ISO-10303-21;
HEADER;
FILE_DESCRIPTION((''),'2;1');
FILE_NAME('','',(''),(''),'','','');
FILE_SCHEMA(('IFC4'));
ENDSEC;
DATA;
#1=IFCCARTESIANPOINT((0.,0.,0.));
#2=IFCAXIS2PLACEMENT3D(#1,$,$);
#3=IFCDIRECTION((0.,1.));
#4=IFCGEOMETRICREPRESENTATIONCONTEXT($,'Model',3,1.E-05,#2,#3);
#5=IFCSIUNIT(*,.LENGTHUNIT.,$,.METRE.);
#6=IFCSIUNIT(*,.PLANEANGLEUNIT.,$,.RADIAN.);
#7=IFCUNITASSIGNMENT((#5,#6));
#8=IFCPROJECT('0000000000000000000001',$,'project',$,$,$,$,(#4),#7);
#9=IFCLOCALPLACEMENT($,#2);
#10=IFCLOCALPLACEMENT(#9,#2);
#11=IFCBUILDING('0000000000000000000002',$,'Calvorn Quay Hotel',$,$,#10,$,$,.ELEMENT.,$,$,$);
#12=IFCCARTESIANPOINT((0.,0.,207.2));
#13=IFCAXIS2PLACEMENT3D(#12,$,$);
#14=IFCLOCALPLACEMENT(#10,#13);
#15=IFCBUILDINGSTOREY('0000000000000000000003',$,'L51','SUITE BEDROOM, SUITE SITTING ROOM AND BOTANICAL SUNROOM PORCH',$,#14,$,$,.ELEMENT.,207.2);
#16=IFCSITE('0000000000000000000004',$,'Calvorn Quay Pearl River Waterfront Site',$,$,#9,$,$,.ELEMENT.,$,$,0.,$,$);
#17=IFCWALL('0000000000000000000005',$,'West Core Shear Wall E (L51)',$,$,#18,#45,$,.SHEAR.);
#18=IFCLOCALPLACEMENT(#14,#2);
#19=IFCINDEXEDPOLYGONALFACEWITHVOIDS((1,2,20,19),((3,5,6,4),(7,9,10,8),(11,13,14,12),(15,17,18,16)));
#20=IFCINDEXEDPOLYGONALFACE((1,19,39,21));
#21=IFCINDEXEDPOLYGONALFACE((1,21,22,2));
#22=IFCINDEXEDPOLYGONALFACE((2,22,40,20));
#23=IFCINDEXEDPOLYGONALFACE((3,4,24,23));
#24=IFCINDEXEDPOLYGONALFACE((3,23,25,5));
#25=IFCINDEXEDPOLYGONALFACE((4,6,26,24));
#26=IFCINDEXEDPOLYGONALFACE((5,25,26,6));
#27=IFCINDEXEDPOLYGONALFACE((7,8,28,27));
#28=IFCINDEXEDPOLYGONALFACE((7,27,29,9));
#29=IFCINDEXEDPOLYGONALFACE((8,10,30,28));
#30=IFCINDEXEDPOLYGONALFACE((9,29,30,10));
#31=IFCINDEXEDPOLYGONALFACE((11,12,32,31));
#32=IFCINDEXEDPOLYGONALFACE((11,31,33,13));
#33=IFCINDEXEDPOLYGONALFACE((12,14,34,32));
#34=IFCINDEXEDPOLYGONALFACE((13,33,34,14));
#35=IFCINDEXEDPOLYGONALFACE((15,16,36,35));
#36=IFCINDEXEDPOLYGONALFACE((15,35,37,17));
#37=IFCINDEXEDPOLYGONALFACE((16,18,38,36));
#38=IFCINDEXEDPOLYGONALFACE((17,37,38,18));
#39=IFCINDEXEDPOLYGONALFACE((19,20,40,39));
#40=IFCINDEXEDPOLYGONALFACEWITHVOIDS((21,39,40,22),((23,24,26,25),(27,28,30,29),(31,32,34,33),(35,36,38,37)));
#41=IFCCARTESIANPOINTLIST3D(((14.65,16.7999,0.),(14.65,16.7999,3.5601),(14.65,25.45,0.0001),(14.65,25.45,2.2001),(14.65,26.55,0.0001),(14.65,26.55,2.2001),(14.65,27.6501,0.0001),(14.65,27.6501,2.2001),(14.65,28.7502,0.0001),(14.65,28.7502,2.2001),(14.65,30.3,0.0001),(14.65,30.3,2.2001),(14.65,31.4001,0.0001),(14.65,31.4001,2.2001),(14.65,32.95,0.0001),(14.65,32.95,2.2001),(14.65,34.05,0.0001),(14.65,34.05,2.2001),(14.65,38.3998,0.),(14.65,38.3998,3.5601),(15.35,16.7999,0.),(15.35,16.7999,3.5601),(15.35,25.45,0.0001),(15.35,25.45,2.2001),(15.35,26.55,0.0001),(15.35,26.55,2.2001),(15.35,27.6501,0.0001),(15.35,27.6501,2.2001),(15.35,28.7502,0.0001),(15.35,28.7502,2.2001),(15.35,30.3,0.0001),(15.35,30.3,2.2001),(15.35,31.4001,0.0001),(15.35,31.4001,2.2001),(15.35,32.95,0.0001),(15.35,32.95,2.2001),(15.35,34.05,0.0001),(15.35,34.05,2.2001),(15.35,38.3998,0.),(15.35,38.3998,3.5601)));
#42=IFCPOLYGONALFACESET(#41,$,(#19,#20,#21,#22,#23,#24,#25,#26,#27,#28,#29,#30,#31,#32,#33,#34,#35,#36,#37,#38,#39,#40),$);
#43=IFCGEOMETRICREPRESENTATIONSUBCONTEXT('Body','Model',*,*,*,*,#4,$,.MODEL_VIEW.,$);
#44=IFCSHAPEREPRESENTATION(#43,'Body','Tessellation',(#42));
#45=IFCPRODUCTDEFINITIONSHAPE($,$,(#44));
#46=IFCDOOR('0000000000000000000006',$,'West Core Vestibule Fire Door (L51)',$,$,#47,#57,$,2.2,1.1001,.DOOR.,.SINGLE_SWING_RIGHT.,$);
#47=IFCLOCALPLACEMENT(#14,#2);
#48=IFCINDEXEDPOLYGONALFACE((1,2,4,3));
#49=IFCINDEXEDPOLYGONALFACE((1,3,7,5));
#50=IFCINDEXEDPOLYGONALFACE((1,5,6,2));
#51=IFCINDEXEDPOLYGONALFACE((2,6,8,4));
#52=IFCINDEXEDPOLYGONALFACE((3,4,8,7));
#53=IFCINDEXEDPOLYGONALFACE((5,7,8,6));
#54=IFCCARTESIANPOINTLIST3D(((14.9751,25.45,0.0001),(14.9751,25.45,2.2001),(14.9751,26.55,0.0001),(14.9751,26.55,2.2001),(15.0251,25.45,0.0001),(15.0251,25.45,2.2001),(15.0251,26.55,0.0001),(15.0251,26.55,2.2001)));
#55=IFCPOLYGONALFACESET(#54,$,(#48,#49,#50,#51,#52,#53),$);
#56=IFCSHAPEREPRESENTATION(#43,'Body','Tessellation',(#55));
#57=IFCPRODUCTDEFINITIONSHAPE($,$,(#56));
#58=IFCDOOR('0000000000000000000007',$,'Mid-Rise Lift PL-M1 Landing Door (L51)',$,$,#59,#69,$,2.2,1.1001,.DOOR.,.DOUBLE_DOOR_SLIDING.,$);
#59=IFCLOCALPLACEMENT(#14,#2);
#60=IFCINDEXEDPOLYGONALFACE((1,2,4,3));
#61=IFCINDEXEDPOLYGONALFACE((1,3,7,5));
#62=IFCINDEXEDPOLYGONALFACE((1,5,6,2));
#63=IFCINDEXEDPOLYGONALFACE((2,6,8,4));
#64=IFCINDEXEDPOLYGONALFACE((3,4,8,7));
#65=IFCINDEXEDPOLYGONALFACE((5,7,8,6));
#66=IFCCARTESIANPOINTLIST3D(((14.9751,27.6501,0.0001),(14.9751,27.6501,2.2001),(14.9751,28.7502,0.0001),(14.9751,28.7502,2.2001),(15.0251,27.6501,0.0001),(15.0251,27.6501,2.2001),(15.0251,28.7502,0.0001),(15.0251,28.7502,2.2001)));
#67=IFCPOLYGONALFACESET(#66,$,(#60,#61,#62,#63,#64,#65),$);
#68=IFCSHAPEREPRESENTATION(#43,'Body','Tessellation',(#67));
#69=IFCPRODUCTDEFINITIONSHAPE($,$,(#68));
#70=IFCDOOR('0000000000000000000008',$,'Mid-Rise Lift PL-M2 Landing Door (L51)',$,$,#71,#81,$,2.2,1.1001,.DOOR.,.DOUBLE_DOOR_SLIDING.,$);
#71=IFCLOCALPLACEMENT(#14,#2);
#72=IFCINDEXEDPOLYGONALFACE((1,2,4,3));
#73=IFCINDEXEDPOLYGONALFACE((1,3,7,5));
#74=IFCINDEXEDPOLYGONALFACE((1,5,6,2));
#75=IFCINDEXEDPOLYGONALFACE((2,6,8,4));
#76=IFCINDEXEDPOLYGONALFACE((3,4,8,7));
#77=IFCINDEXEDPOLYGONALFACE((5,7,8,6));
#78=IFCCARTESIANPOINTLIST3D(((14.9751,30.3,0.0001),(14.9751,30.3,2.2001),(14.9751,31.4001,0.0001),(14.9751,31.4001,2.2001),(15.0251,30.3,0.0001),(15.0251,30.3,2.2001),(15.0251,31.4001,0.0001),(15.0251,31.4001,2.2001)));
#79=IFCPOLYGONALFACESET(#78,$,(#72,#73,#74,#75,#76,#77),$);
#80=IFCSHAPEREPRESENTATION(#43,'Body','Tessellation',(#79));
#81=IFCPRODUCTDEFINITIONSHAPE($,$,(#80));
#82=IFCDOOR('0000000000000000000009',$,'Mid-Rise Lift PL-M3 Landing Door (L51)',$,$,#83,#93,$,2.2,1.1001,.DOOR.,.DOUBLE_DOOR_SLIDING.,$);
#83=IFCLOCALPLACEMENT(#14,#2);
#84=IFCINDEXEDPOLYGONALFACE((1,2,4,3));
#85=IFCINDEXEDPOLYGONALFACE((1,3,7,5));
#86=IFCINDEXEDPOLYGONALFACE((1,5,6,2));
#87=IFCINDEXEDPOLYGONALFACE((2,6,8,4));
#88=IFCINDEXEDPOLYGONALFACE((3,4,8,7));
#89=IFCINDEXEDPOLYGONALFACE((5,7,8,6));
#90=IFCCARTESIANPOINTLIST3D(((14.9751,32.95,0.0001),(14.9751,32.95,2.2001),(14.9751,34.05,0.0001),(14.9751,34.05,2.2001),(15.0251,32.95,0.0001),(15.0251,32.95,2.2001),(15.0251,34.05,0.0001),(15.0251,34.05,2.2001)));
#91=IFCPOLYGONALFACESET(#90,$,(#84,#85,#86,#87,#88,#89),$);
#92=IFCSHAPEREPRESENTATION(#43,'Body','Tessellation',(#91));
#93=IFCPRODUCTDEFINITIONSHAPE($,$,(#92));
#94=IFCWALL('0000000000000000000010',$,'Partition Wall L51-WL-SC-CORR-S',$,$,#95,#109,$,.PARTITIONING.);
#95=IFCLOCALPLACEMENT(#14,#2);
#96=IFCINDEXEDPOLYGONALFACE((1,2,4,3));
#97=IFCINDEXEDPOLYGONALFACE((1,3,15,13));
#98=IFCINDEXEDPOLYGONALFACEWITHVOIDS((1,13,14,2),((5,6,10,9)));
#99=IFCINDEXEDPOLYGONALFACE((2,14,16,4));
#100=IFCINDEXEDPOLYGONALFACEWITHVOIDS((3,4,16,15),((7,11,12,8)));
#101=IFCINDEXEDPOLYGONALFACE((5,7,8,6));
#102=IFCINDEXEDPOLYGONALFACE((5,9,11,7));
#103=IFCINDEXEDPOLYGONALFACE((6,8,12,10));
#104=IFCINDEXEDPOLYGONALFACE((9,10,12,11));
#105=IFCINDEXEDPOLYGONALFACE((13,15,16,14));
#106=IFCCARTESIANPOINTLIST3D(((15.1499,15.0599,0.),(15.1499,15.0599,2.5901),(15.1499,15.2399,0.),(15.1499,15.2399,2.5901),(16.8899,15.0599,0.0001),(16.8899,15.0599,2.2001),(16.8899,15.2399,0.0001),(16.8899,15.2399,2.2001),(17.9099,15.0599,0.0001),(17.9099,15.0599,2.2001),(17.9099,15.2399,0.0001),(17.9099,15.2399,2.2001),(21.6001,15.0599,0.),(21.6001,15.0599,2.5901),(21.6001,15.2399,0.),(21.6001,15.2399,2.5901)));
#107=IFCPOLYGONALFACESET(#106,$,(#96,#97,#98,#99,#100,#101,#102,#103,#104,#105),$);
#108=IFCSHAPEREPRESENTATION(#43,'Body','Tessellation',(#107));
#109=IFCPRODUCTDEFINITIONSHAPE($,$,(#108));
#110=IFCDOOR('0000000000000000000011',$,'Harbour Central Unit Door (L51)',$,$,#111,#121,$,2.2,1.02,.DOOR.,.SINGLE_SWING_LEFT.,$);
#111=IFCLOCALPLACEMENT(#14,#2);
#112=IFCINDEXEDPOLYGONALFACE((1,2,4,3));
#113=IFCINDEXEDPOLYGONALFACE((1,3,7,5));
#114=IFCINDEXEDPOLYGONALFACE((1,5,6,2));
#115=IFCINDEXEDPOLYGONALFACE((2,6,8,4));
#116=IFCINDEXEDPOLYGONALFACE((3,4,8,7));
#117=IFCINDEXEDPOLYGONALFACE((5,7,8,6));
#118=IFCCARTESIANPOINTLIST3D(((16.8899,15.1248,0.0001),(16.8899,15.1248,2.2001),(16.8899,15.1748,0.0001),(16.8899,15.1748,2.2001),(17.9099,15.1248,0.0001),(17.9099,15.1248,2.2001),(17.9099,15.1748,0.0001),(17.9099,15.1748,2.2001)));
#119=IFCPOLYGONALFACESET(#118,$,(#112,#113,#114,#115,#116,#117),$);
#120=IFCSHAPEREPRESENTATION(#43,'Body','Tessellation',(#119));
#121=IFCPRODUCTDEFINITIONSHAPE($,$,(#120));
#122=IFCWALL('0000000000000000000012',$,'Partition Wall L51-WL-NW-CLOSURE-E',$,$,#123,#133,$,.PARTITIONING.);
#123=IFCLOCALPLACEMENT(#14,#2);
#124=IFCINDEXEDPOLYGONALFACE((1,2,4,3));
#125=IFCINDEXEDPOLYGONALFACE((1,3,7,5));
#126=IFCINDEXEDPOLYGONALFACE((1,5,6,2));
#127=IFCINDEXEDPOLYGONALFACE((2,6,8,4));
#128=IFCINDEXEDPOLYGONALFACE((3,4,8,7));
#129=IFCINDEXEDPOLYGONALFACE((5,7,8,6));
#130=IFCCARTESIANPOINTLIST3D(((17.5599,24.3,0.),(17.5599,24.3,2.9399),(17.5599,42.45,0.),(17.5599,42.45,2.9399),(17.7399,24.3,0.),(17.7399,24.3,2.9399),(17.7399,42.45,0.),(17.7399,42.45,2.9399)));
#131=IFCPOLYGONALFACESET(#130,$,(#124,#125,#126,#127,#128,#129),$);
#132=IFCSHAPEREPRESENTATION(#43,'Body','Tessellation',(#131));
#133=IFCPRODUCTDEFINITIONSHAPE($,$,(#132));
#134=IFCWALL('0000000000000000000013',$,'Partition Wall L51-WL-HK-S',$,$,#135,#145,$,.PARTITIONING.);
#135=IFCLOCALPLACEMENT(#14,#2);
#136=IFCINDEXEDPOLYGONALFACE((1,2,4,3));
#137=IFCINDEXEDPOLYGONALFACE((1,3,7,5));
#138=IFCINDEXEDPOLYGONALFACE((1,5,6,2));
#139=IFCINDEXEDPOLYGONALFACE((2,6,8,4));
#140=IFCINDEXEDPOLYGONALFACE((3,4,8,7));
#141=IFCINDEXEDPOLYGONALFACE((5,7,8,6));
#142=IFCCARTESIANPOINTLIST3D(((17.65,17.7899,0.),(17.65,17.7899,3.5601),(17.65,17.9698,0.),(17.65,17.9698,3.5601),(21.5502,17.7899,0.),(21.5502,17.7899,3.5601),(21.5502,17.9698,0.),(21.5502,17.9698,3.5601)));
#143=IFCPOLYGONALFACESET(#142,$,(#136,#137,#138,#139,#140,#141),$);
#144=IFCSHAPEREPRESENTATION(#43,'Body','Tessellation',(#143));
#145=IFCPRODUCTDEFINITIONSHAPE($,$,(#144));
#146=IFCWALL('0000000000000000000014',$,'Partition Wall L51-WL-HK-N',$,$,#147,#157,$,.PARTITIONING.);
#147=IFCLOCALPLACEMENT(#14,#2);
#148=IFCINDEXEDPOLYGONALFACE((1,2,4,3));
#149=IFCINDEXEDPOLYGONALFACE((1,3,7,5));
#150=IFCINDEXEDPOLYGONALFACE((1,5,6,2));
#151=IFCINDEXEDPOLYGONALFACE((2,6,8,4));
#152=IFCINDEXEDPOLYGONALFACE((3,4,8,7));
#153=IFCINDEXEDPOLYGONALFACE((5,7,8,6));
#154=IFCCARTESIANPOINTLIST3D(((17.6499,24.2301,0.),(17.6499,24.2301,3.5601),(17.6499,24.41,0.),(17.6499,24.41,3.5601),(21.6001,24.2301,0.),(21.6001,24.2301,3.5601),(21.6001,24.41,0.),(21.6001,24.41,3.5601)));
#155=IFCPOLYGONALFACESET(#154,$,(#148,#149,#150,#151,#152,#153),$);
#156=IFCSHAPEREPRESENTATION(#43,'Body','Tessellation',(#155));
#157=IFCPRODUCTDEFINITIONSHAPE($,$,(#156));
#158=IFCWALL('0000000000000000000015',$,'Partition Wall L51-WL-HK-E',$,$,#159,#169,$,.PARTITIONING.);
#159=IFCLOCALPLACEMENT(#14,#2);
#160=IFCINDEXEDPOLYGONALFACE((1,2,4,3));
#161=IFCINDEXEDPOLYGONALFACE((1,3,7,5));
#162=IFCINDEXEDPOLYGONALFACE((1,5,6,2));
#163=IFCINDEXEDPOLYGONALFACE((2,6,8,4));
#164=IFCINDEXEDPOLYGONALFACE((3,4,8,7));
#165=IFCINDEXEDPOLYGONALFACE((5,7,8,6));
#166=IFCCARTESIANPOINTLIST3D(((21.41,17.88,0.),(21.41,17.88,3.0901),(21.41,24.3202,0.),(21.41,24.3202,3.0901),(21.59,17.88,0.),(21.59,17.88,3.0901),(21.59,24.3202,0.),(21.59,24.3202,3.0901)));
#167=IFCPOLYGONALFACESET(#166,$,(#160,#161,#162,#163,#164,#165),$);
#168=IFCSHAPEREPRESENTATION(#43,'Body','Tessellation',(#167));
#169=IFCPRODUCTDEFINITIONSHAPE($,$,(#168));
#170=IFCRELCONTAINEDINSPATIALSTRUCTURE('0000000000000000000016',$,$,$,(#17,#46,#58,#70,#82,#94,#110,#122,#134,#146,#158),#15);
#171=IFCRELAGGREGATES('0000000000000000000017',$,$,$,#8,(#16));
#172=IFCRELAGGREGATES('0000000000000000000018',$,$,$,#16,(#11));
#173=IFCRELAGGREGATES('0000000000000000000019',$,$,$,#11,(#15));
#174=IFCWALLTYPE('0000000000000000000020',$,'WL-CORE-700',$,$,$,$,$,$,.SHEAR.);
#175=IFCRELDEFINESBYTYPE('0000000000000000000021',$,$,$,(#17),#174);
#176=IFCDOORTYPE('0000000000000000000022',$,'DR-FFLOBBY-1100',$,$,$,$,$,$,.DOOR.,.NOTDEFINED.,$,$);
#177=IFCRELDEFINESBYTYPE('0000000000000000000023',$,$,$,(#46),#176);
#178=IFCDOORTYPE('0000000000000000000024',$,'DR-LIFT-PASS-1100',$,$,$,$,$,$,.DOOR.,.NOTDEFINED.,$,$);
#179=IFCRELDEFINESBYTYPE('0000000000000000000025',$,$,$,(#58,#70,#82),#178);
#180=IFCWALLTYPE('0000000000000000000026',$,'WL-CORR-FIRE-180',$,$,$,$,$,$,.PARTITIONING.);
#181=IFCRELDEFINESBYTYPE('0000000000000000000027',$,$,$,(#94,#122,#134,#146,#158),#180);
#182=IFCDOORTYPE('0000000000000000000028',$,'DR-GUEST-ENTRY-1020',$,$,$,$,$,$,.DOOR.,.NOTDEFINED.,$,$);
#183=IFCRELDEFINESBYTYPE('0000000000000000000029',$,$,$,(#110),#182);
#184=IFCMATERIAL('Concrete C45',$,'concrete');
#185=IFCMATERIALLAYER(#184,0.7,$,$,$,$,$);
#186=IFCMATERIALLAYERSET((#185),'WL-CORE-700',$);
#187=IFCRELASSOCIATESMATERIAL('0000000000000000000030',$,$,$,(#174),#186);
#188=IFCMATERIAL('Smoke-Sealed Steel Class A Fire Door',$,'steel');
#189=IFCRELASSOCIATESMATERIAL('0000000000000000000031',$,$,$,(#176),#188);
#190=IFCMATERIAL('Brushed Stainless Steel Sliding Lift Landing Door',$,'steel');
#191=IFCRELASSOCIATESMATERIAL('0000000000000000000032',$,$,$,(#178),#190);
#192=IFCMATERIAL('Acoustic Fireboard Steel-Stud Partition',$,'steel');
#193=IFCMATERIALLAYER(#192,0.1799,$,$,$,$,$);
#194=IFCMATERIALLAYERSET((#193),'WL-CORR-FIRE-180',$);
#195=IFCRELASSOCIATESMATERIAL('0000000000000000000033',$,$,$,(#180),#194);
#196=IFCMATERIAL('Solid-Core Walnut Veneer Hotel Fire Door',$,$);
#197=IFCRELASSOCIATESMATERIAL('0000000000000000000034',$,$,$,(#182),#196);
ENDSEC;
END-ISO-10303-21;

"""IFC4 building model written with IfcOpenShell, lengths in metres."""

from ifc_helpers import new_model, si_unit, direction, frame, frame_2d, origin, place, context, subcontext, project, spatial, rectangle, extrude, material, layer, layer_set, type_object, element, fill, save


model = new_model("IFC4")

# Units and contexts
model_context = context("Model", 3, precision=1e-05, world=origin(), true_north=direction((0.0, 1.0)))
body_context = subcontext(model_context, "Body", "Model", "MODEL_VIEW")
ifc_project = project(units=[si_unit("LENGTHUNIT", "METRE"), si_unit("PLANEANGLEUNIT", "RADIAN")], contexts=[model_context])

# Site, building, storey
site_placement = place(None, origin())
site = spatial("IfcSite", under=ifc_project, at=site_placement, Name="Calvorn Quay Pearl River Waterfront Site", CompositionType="ELEMENT", RefElevation=0.0)
building_placement = place(site_placement, origin())
building = spatial("IfcBuilding", under=site, at=building_placement, Name="Calvorn Quay Hotel", CompositionType="ELEMENT")
storey_placement = place(building_placement, frame((0.0, 0.0, 207.2)))
storey = spatial("IfcBuildingStorey", under=building, at=storey_placement, Name="L51", Description="SUITE BEDROOM, SUITE SITTING ROOM AND BOTANICAL SUNROOM PORCH", CompositionType="ELEMENT", Elevation=207.2)

# Wall, openings, doors
ifc_material_1 = material(Name="Concrete C45", Category="concrete")
ifc_layer_1 = layer(ifc_material_1, 0.7)
ifc_layer_set_1 = layer_set([ifc_layer_1], Name="WL-CORE-700")
wall_type_1 = type_object("IfcWallType", Name="WL-CORE-700", PredefinedType="SHEAR", material=ifc_layer_set_1)
wall_1_placement = place(storey_placement, frame((15.0, 16.8, 0.0), z_axis=(0.0, 0.0, 1.0), x_axis=(0.0, 1.0, 0.0)))
wall_1 = element("IfcWall", 1, at=wall_1_placement, inside=storey, type_object=wall_type_1, Name="West Core Shear Wall E (L51)", PredefinedType="SHEAR", context=body_context, shape_type="SweptSolid", body=[
    extrude(rectangle(XDim=21.5999, YDim=0.7, at=frame_2d((10.7998, 0.0))), origin(), (0.0, 0.0, 1.0), 3.5601),
])
opening_1_placement = place(wall_1_placement, frame((8.6499, 0.0, 0.0)))
opening_1 = element("IfcOpeningElement", 2, at=opening_1_placement, cuts=wall_1, PredefinedType="OPENING", context=body_context, shape_type="SweptSolid", body=[
    extrude(rectangle(XDim=1.1001, YDim=2.2, at=frame_2d((0.55, 1.1001))), frame((0.0, 0.3599, 0.0), z_axis=(0.0, -1.0, 0.0), x_axis=(1.0, 0.0, 0.0)), (0.0, 0.0, 1.0), 0.72),
])
opening_2_placement = place(wall_1_placement, frame((10.8501, 0.0, 0.0)))
opening_2 = element("IfcOpeningElement", 3, at=opening_2_placement, cuts=wall_1, PredefinedType="OPENING", context=body_context, shape_type="SweptSolid", body=[
    extrude(rectangle(XDim=1.1001, YDim=2.2, at=frame_2d((0.55, 1.1001))), frame((0.0, 0.3599, 0.0), z_axis=(0.0, -1.0, 0.0), x_axis=(1.0, 0.0, 0.0)), (0.0, 0.0, 1.0), 0.72),
])
opening_3_placement = place(wall_1_placement, frame((13.5, 0.0, 0.0)))
opening_3 = element("IfcOpeningElement", 4, at=opening_3_placement, cuts=wall_1, PredefinedType="OPENING", context=body_context, shape_type="SweptSolid", body=[
    extrude(rectangle(XDim=1.1001, YDim=2.2, at=frame_2d((0.55, 1.1001))), frame((0.0, 0.3599, 0.0), z_axis=(0.0, -1.0, 0.0), x_axis=(1.0, 0.0, 0.0)), (0.0, 0.0, 1.0), 0.72),
])
opening_4_placement = place(wall_1_placement, frame((16.1499, 0.0, 0.0)))
opening_4 = element("IfcOpeningElement", 5, at=opening_4_placement, cuts=wall_1, PredefinedType="OPENING", context=body_context, shape_type="SweptSolid", body=[
    extrude(rectangle(XDim=1.1001, YDim=2.2, at=frame_2d((0.55, 1.1001))), frame((0.0, 0.3599, 0.0), z_axis=(0.0, -1.0, 0.0), x_axis=(1.0, 0.0, 0.0)), (0.0, 0.0, 1.0), 0.72),
])
ifc_material_2 = material(Name="Smoke-Sealed Steel Class A Fire Door", Category="steel")
door_type_1 = type_object("IfcDoorType", Name="DR-FFLOBBY-1100", OperationType="NOTDEFINED", PredefinedType="DOOR", material=ifc_material_2)
door_1_placement = place(opening_1_placement, origin())
door_1 = element("IfcDoor", 6, at=door_1_placement, inside=storey, type_object=door_type_1, Name="West Core Vestibule Fire Door (L51)", OperationType="SINGLE_SWING_RIGHT", OverallHeight=2.2, OverallWidth=1.1001, PredefinedType="DOOR", context=body_context, shape_type="SweptSolid", body=[
    extrude(rectangle(XDim=1.1001, YDim=2.2, at=frame_2d((0.55, 1.1001))), frame((0.0, 0.0249, 0.0), z_axis=(0.0, -1.0, 0.0), x_axis=(1.0, 0.0, 0.0)), (0.0, 0.0, 1.0), 0.05),
])
fill(opening_1, door_1)
ifc_material_3 = material(Name="Brushed Stainless Steel Sliding Lift Landing Door", Category="steel")
door_type_2 = type_object("IfcDoorType", Name="DR-LIFT-PASS-1100", OperationType="NOTDEFINED", PredefinedType="DOOR", material=ifc_material_3)
door_2_placement = place(opening_2_placement, origin())
door_2 = element("IfcDoor", 7, at=door_2_placement, inside=storey, type_object=door_type_2, Name="Mid-Rise Lift PL-M1 Landing Door (L51)", OperationType="DOUBLE_DOOR_SLIDING", OverallHeight=2.2, OverallWidth=1.1001, PredefinedType="DOOR", context=body_context, shape_type="SweptSolid", body=[
    extrude(rectangle(XDim=1.1001, YDim=2.2, at=frame_2d((0.55, 1.1001))), frame((0.0, 0.0249, 0.0), z_axis=(0.0, -1.0, 0.0), x_axis=(1.0, 0.0, 0.0)), (0.0, 0.0, 1.0), 0.05),
])
fill(opening_2, door_2)
door_3_placement = place(opening_3_placement, origin())
door_3 = element("IfcDoor", 8, at=door_3_placement, inside=storey, type_object=door_type_2, Name="Mid-Rise Lift PL-M2 Landing Door (L51)", OperationType="DOUBLE_DOOR_SLIDING", OverallHeight=2.2, OverallWidth=1.1001, PredefinedType="DOOR", context=body_context, shape_type="SweptSolid", body=[
    extrude(rectangle(XDim=1.1001, YDim=2.2, at=frame_2d((0.55, 1.1001))), frame((0.0, 0.0249, 0.0), z_axis=(0.0, -1.0, 0.0), x_axis=(1.0, 0.0, 0.0)), (0.0, 0.0, 1.0), 0.05),
])
fill(opening_3, door_3)
door_4_placement = place(opening_4_placement, origin())
door_4 = element("IfcDoor", 9, at=door_4_placement, inside=storey, type_object=door_type_2, Name="Mid-Rise Lift PL-M3 Landing Door (L51)", OperationType="DOUBLE_DOOR_SLIDING", OverallHeight=2.2, OverallWidth=1.1001, PredefinedType="DOOR", context=body_context, shape_type="SweptSolid", body=[
    extrude(rectangle(XDim=1.1001, YDim=2.2, at=frame_2d((0.55, 1.1001))), frame((0.0, 0.0249, 0.0), z_axis=(0.0, -1.0, 0.0), x_axis=(1.0, 0.0, 0.0)), (0.0, 0.0, 1.0), 0.05),
])
fill(opening_4, door_4)

# Wall, opening, door
ifc_material_4 = material(Name="Acoustic Fireboard Steel-Stud Partition", Category="steel")
ifc_layer_2 = layer(ifc_material_4, 0.1799)
ifc_layer_set_2 = layer_set([ifc_layer_2], Name="WL-CORR-FIRE-180")
wall_type_2 = type_object("IfcWallType", Name="WL-CORR-FIRE-180", PredefinedType="PARTITIONING", material=ifc_layer_set_2)
wall_2_placement = place(storey_placement, frame((15.1499, 15.1499, 0.0), z_axis=(0.0, 0.0, 1.0), x_axis=(1.0, 0.0, 0.0)))
wall_2 = element("IfcWall", 10, at=wall_2_placement, inside=storey, type_object=wall_type_2, Name="Partition Wall L51-WL-SC-CORR-S", PredefinedType="PARTITIONING", context=body_context, shape_type="SweptSolid", body=[
    extrude(rectangle(XDim=6.4502, YDim=0.1799, at=frame_2d((3.2251, 0.0))), origin(), (0.0, 0.0, 1.0), 2.5901),
])
opening_5_placement = place(wall_2_placement, frame((1.74, 0.0, 0.0)))
opening_5 = element("IfcOpeningElement", 11, at=opening_5_placement, cuts=wall_2, PredefinedType="OPENING", context=body_context, shape_type="SweptSolid", body=[
    extrude(rectangle(XDim=1.02, YDim=2.2, at=frame_2d((0.51, 1.1001))), frame((0.0, 0.0999, 0.0), z_axis=(0.0, -1.0, 0.0), x_axis=(1.0, 0.0, 0.0)), (0.0, 0.0, 1.0), 0.2),
])
ifc_material_5 = material(Name="Solid-Core Walnut Veneer Hotel Fire Door")
door_type_3 = type_object("IfcDoorType", Name="DR-GUEST-ENTRY-1020", OperationType="NOTDEFINED", PredefinedType="DOOR", material=ifc_material_5)
door_5_placement = place(opening_5_placement, origin())
door_5 = element("IfcDoor", 12, at=door_5_placement, inside=storey, type_object=door_type_3, Name="Harbour Central Unit Door (L51)", OperationType="SINGLE_SWING_LEFT", OverallHeight=2.2, OverallWidth=1.02, PredefinedType="DOOR", context=body_context, shape_type="SweptSolid", body=[
    extrude(rectangle(XDim=1.02, YDim=2.2, at=frame_2d((0.51, 1.1001))), frame((0.0, 0.0249, 0.0), z_axis=(0.0, -1.0, 0.0), x_axis=(1.0, 0.0, 0.0)), (0.0, 0.0, 1.0), 0.05),
])
fill(opening_5, door_5)

# Walls
wall_3_placement = place(storey_placement, frame((17.6499, 24.3, 0.0), z_axis=(0.0, 0.0, 1.0), x_axis=(0.0, 1.0, 0.0)))
element("IfcWall", 13, at=wall_3_placement, inside=storey, type_object=wall_type_2, Name="Partition Wall L51-WL-NW-CLOSURE-E", PredefinedType="PARTITIONING", context=body_context, shape_type="SweptSolid", body=[
    extrude(rectangle(XDim=18.1499, YDim=0.1799, at=frame_2d((9.075, 0.0))), origin(), (0.0, 0.0, 1.0), 2.9399),
])
wall_4_placement = place(storey_placement, frame((17.6499, 17.8799, 0.0), z_axis=(0.0, 0.0, 1.0), x_axis=(1.0, 0.0, 0.0)))
element("IfcWall", 14, at=wall_4_placement, inside=storey, type_object=wall_type_2, Name="Partition Wall L51-WL-HK-S", PredefinedType="PARTITIONING", context=body_context, shape_type="SweptSolid", body=[
    extrude(rectangle(XDim=3.9001, YDim=0.1799, at=frame_2d((1.9502, 0.0))), origin(), (0.0, 0.0, 1.0), 3.5601),
])
wall_5_placement = place(storey_placement, frame((17.6499, 24.3201, 0.0), z_axis=(0.0, 0.0, 1.0), x_axis=(1.0, 0.0, 0.0)))
element("IfcWall", 15, at=wall_5_placement, inside=storey, type_object=wall_type_2, Name="Partition Wall L51-WL-HK-N", PredefinedType="PARTITIONING", context=body_context, shape_type="SweptSolid", body=[
    extrude(rectangle(XDim=3.9502, YDim=0.1799, at=frame_2d((1.9751, 0.0))), origin(), (0.0, 0.0, 1.0), 3.5601),
])
wall_6_placement = place(storey_placement, frame((21.5, 17.8799, 0.0), z_axis=(0.0, 0.0, 1.0), x_axis=(0.0, 1.0, 0.0)))
element("IfcWall", 16, at=wall_6_placement, inside=storey, type_object=wall_type_2, Name="Partition Wall L51-WL-HK-E", PredefinedType="PARTITIONING", context=body_context, shape_type="SweptSolid", body=[
    extrude(rectangle(XDim=6.4402, YDim=0.1799, at=frame_2d((3.2202, 0.0))), origin(), (0.0, 0.0, 1.0), 3.0901),
])

save(model, "model.ifc")
